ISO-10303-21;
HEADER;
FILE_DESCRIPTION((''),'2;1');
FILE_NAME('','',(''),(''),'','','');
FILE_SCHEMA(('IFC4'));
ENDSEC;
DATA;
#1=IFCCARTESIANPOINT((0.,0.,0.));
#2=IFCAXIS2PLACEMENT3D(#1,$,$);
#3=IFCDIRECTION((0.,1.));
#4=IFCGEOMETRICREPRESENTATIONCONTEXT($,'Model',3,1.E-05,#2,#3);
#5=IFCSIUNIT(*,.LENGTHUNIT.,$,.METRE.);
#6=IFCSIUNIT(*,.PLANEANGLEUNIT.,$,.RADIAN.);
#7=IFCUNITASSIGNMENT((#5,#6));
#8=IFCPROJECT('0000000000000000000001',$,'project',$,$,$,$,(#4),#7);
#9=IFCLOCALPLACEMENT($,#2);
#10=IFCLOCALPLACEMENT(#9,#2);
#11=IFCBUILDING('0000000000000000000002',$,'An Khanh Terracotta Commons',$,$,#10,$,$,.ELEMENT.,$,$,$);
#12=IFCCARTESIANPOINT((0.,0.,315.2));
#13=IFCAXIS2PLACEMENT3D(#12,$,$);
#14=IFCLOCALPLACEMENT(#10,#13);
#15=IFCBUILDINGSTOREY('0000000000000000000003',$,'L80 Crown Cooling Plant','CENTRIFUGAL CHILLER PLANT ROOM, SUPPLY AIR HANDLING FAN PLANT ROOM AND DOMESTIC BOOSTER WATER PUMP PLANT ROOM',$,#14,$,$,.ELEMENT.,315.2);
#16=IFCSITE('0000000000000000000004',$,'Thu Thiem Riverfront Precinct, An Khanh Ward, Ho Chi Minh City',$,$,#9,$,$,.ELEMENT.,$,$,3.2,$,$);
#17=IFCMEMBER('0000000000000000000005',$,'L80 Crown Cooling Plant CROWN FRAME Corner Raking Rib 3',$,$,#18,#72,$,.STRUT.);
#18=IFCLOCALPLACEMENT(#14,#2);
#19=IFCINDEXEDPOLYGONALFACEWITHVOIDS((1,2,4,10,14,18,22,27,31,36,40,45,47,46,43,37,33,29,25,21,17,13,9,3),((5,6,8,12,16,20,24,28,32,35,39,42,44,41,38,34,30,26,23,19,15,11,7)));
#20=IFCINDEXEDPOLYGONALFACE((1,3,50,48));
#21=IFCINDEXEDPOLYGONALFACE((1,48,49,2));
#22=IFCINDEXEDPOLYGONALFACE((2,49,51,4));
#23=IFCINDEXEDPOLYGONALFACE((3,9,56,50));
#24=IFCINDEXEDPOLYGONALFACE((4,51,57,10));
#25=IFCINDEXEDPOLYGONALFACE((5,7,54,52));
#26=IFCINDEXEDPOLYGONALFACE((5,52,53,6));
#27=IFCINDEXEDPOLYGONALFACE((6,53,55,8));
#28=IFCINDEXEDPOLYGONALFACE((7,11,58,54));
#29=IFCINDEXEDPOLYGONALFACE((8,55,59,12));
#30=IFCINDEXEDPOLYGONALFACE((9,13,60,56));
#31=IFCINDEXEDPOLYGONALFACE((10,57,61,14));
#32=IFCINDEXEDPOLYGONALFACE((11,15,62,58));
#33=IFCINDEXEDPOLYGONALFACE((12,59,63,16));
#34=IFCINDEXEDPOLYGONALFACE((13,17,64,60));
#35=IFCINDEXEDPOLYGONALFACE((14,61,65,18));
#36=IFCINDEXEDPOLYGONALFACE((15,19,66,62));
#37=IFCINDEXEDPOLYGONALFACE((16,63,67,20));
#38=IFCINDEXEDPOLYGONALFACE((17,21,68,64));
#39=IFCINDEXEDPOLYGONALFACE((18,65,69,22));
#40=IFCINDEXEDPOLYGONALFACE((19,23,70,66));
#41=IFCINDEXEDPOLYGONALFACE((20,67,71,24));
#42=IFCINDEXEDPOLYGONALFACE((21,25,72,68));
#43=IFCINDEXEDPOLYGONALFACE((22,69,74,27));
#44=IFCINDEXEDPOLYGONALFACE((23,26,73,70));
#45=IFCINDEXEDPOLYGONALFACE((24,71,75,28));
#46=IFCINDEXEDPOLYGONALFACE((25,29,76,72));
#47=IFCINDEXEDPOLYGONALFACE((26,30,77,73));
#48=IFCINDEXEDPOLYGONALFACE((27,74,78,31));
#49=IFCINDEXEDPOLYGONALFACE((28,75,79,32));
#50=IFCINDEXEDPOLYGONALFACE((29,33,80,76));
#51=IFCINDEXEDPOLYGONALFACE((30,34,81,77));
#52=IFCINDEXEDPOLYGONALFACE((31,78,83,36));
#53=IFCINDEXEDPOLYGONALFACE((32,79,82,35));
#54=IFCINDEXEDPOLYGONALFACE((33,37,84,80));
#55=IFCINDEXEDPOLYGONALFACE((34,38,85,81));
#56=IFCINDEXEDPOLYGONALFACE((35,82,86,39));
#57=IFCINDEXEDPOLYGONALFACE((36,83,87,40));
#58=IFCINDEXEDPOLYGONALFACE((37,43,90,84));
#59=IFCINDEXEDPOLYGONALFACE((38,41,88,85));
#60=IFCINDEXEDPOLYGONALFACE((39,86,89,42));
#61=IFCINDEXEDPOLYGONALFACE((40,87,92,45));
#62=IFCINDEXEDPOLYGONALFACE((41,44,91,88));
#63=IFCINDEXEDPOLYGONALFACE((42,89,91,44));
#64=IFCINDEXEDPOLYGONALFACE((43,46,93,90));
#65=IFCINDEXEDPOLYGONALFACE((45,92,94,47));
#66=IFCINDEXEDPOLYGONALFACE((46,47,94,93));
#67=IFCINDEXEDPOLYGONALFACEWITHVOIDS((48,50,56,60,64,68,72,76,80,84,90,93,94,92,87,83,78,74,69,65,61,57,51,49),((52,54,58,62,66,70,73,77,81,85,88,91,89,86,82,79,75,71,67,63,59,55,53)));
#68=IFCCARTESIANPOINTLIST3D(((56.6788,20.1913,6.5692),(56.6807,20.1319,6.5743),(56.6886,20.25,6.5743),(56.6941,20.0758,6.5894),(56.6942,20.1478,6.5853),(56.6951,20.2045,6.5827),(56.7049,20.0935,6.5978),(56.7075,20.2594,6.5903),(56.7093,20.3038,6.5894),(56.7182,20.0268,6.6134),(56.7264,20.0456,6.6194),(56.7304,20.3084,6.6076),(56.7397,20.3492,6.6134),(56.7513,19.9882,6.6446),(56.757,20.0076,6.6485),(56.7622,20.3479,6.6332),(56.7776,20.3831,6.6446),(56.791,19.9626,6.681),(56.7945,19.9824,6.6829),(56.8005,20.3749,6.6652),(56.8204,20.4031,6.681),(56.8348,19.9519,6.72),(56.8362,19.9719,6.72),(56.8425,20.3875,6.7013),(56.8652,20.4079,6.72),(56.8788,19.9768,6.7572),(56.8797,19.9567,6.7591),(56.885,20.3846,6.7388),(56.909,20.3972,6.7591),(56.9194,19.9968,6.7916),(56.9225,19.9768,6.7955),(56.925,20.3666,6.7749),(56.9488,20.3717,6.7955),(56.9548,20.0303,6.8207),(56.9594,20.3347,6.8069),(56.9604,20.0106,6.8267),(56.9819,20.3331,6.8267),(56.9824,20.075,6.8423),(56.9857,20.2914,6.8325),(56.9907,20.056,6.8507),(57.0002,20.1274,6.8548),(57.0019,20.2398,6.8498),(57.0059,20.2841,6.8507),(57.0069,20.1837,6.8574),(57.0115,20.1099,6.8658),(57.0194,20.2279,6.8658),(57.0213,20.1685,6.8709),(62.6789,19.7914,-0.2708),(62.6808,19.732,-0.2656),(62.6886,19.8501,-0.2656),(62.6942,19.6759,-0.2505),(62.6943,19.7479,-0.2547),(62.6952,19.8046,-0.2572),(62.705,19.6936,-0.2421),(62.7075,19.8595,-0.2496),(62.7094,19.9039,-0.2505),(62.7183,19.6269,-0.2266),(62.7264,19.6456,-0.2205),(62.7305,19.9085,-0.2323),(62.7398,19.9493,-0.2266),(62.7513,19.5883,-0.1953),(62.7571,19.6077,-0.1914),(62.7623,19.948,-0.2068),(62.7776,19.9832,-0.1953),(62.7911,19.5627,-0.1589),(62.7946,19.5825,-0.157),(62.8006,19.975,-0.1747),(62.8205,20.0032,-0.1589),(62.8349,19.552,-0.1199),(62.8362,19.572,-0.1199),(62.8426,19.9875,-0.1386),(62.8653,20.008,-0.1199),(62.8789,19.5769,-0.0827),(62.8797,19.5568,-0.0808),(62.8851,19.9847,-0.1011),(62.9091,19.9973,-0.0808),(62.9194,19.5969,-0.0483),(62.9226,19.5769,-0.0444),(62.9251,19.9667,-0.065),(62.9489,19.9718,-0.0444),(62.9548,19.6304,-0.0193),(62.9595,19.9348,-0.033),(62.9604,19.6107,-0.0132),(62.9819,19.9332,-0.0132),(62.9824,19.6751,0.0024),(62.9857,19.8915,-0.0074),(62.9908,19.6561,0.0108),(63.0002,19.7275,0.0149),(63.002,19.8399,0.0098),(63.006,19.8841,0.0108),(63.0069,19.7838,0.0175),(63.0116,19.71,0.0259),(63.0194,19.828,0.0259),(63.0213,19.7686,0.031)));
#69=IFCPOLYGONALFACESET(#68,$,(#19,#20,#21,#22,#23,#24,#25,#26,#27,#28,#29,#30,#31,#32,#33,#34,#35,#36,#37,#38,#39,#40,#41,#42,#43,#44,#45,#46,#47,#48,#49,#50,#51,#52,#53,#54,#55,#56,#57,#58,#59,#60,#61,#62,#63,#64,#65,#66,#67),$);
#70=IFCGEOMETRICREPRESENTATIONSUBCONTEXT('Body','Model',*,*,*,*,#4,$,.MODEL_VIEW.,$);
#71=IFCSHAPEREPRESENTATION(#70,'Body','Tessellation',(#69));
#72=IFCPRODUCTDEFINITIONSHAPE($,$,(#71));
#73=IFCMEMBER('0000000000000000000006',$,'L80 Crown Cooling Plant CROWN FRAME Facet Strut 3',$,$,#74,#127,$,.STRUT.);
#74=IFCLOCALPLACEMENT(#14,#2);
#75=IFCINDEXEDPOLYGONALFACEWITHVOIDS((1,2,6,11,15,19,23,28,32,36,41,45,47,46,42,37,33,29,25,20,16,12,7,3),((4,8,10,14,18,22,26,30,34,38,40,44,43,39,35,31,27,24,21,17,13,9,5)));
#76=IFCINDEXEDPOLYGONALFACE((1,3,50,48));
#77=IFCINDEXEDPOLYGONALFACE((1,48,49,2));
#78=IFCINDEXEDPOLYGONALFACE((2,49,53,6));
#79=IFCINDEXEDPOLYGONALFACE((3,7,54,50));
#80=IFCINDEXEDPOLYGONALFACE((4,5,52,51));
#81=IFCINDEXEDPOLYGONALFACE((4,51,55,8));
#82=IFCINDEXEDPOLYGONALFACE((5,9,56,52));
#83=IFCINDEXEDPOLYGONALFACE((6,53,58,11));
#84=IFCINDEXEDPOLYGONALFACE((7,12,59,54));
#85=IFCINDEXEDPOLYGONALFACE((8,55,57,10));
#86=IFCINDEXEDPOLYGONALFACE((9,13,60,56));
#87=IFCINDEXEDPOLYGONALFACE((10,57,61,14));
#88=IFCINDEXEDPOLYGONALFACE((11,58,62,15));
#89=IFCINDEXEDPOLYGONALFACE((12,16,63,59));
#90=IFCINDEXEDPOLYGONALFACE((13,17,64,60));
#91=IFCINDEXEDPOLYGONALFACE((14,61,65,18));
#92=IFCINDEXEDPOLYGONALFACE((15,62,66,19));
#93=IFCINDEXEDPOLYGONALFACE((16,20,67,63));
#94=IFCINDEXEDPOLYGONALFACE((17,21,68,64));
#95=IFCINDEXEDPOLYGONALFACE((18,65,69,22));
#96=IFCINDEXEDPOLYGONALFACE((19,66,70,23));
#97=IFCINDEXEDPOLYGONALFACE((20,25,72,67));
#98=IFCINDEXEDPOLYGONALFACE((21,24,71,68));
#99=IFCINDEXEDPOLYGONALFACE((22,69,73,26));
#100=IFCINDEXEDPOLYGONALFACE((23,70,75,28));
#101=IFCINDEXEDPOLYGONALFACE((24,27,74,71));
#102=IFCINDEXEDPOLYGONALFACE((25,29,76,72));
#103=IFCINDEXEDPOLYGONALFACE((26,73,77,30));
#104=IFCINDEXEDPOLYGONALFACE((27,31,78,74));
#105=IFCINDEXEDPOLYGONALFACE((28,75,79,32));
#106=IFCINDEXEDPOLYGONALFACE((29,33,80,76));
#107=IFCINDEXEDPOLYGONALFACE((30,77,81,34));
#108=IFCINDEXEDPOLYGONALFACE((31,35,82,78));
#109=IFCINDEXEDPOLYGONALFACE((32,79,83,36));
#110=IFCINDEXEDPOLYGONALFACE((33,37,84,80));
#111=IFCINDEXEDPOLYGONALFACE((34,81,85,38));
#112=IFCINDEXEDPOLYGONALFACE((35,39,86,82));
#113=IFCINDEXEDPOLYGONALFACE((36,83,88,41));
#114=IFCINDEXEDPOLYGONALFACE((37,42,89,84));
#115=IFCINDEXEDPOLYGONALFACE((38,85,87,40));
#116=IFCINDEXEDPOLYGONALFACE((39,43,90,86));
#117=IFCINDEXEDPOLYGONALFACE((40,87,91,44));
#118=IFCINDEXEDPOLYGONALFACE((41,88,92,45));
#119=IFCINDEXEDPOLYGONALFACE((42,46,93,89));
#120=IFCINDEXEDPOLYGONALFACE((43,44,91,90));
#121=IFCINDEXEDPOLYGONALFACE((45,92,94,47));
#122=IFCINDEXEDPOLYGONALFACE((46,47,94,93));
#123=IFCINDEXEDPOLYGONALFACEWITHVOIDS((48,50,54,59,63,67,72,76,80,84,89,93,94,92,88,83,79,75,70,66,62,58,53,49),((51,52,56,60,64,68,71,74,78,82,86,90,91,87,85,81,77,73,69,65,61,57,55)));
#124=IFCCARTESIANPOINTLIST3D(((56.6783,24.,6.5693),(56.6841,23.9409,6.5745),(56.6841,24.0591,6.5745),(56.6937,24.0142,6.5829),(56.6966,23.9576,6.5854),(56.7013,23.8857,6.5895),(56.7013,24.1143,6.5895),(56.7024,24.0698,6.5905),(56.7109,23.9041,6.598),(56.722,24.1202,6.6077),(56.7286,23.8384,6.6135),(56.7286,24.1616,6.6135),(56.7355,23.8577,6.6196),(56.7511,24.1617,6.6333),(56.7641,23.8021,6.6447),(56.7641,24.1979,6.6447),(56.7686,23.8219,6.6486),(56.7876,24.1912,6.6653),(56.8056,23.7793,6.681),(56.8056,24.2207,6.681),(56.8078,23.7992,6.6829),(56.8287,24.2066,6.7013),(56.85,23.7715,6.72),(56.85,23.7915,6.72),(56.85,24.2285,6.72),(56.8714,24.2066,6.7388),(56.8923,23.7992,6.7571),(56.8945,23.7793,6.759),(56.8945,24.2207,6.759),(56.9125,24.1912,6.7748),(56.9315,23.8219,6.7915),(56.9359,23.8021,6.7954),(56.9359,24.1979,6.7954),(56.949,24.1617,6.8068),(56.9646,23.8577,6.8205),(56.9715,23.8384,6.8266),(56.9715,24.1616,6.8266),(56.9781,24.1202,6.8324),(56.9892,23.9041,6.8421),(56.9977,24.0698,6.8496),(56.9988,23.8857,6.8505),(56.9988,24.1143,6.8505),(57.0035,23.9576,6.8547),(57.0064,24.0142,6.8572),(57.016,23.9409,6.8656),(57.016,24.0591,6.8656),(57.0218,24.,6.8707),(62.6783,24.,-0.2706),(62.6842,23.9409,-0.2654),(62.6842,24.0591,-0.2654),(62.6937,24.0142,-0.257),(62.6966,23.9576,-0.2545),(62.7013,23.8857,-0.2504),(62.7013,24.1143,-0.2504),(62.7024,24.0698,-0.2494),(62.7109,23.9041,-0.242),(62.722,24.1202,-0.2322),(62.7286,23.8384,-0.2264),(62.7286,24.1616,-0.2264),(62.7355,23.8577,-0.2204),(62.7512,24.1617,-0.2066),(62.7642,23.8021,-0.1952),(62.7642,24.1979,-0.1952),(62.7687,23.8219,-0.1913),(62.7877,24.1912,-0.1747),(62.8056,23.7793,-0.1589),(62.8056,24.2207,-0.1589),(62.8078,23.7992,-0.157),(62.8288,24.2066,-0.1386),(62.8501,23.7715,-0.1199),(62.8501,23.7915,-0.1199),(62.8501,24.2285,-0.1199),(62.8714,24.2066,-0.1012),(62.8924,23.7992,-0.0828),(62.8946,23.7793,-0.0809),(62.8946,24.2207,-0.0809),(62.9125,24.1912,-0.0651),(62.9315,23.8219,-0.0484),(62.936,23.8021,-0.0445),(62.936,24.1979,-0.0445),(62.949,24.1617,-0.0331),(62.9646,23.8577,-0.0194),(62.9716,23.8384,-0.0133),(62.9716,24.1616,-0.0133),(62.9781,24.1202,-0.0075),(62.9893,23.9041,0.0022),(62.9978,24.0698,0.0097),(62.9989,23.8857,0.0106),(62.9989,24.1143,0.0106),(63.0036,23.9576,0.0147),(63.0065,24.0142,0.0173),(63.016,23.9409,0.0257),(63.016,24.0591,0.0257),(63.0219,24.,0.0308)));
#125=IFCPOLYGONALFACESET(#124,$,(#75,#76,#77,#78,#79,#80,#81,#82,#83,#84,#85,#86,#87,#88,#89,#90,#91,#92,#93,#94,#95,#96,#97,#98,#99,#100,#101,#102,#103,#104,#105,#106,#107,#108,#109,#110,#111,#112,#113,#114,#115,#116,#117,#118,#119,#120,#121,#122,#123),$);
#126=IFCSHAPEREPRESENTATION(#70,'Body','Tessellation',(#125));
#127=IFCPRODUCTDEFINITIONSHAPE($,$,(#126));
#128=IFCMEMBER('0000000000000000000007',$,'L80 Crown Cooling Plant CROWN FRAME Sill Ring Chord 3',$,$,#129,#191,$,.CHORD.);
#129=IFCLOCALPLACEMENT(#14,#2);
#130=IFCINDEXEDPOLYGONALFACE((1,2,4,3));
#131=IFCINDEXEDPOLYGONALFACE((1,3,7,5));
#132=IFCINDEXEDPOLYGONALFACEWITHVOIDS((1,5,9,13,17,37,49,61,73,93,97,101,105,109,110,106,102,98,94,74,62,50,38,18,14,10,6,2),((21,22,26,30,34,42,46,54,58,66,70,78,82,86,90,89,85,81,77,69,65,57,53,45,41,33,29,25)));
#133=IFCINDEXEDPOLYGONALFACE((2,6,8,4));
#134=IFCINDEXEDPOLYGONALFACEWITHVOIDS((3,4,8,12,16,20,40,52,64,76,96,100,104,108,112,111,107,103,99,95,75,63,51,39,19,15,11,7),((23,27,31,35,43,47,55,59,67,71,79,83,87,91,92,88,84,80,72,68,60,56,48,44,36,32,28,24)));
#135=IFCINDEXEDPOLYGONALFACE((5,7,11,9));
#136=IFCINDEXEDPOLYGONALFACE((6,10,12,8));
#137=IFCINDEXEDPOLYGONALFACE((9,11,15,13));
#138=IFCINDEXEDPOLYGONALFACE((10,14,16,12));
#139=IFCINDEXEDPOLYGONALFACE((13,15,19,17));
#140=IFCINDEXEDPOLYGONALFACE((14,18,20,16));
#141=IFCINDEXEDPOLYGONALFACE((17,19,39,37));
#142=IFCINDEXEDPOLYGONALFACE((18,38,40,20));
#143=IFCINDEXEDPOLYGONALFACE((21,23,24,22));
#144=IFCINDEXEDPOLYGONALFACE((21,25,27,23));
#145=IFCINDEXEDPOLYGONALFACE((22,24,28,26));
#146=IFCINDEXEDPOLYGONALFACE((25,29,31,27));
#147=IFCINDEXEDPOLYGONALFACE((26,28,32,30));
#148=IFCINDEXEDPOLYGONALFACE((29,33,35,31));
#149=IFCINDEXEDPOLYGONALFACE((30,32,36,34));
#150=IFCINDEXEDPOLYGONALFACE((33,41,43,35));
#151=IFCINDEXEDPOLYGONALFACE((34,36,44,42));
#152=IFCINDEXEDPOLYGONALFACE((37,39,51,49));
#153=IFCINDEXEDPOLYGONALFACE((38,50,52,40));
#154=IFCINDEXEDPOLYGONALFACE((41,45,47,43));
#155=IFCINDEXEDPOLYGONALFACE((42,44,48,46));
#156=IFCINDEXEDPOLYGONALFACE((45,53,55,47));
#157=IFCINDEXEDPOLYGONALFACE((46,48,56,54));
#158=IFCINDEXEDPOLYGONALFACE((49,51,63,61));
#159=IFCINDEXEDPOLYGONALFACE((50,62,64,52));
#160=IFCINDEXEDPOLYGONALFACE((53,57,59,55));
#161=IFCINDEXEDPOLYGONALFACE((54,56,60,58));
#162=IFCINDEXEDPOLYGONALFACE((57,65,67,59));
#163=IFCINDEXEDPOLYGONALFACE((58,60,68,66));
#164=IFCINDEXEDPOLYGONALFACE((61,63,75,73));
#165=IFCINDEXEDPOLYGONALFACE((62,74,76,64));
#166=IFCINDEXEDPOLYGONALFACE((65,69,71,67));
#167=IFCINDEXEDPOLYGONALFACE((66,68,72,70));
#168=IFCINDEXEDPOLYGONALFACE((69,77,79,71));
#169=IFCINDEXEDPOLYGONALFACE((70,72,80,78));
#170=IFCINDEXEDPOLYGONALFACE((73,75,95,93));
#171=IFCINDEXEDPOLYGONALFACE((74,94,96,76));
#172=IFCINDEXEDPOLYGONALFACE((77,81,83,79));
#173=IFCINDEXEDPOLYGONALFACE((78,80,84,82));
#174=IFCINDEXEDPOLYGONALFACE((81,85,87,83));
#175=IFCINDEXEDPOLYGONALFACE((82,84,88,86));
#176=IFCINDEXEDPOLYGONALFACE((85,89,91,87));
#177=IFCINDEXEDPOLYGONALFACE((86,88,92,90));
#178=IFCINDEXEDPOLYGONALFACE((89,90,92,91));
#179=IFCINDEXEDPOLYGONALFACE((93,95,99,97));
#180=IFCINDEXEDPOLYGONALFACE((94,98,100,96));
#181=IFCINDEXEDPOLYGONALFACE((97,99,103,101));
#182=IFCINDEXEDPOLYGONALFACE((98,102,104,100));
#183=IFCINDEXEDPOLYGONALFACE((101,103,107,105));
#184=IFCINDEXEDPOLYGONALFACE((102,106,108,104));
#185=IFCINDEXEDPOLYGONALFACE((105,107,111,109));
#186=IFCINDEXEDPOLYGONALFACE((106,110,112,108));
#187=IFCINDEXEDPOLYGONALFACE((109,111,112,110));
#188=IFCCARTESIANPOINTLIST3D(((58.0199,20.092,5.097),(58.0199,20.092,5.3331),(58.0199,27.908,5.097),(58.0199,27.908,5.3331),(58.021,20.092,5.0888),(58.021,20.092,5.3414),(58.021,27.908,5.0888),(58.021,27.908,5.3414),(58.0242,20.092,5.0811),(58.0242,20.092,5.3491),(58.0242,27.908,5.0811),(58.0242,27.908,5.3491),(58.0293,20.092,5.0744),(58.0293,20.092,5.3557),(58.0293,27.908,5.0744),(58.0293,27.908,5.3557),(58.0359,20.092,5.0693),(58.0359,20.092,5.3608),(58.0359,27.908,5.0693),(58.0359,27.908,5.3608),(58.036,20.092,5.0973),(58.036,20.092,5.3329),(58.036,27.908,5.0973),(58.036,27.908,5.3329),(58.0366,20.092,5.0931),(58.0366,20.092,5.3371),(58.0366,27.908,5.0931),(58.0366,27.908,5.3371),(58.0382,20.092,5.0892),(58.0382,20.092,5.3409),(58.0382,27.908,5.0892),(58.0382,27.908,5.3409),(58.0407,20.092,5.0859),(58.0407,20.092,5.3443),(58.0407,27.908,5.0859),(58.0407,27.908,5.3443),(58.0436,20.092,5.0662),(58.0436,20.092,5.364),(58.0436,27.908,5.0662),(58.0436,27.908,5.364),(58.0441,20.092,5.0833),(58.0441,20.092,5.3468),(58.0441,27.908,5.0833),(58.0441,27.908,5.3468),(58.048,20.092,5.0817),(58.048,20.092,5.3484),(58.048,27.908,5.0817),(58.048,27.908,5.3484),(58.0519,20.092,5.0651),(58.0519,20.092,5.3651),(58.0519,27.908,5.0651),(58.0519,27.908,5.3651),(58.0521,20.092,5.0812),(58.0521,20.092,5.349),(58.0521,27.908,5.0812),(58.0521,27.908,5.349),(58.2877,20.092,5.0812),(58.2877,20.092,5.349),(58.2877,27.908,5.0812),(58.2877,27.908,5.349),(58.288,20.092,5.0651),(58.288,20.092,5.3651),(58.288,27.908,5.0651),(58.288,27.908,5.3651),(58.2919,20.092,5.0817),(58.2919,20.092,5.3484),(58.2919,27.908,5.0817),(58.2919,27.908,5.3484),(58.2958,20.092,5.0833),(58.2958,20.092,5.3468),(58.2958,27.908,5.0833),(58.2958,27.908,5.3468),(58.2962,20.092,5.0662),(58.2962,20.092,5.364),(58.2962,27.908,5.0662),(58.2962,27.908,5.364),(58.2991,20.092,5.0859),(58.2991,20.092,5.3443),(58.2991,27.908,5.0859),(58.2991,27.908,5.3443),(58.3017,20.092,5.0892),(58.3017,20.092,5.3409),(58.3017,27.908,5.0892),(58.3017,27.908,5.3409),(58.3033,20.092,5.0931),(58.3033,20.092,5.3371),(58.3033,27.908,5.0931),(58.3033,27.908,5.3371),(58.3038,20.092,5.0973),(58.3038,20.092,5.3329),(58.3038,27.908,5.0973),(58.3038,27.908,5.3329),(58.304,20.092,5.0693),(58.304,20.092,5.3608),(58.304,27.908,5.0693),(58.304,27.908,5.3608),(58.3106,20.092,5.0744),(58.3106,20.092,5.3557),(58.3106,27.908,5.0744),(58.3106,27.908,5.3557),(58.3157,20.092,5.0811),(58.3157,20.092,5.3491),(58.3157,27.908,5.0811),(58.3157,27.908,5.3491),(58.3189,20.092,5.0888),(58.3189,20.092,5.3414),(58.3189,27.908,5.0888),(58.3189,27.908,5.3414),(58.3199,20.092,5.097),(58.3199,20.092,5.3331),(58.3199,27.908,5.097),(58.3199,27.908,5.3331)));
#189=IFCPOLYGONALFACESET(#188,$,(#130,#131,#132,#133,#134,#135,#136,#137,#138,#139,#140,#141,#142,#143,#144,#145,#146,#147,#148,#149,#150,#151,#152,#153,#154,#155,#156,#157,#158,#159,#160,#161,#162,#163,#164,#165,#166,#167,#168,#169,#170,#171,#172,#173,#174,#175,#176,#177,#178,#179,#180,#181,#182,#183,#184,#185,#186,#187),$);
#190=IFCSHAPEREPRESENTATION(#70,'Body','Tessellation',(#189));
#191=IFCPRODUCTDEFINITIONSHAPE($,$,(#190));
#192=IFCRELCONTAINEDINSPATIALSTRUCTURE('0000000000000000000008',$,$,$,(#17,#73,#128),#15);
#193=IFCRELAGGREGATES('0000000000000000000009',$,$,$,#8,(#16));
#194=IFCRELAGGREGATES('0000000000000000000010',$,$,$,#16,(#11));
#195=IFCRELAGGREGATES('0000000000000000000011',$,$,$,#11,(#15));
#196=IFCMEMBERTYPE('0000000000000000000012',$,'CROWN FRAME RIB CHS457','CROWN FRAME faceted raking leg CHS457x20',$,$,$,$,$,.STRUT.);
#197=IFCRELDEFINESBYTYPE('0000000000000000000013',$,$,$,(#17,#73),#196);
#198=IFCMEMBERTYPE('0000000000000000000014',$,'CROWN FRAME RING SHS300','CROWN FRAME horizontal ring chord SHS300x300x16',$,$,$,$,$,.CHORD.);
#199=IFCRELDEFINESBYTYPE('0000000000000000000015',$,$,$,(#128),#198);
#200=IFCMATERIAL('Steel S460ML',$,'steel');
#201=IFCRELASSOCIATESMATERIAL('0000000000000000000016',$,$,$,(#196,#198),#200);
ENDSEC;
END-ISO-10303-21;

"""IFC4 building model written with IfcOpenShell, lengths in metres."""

from ifc_helpers import new_model, si_unit, direction, frame, origin, origin_2d, place, context, subcontext, project, spatial, hollow_rectangle, hollow_circle, extrude, material, material_profile, profile_set, type_object, element, save


model = new_model("IFC4")

# Units and contexts
model_context = context("Model", 3, precision=1e-05, world=origin(), true_north=direction((0.0, 1.0)))
body_context = subcontext(model_context, "Body", "Model", "MODEL_VIEW")
ifc_project = project(units=[si_unit("LENGTHUNIT", "METRE"), si_unit("PLANEANGLEUNIT", "RADIAN")], contexts=[model_context])

# Site, building, storey
site_placement = place(None, origin())
site = spatial("IfcSite", under=ifc_project, at=site_placement, Name="Thu Thiem Riverfront Precinct, An Khanh Ward, Ho Chi Minh City", CompositionType="ELEMENT", RefElevation=3.2)
building_placement = place(site_placement, origin())
building = spatial("IfcBuilding", under=site, at=building_placement, Name="An Khanh Terracotta Commons", CompositionType="ELEMENT")
storey_placement = place(building_placement, frame((0.0, 0.0, 315.2)))
storey = spatial("IfcBuildingStorey", under=building, at=storey_placement, Name="L80 Crown Cooling Plant", Description="CENTRIFUGAL CHILLER PLANT ROOM, SUPPLY AIR HANDLING FAN PLANT ROOM AND DOMESTIC BOOSTER WATER PUMP PLANT ROOM", CompositionType="ELEMENT", Elevation=315.2)

# Members
ifc_material_1 = material(Name="Steel S460ML", Category="steel")
ifc_material_profile_1 = material_profile(ifc_material_1, hollow_circle(Radius=0.2285, WallThickness=0.02, at=origin_2d()), Name="CHS457x20")
ifc_profile_set_1 = profile_set([ifc_material_profile_1], Name="Steel S460ML")
member_type_1 = type_object("IfcMemberType", Name="CROWN FRAME RIB CHS457", Description="CROWN FRAME faceted raking leg CHS457x20", PredefinedType="STRUT", material=ifc_profile_set_1)
member_1_placement = place(storey_placement, frame((62.8501, 19.78, -0.1199), z_axis=(-0.65881, 0.04391, 0.751027), x_axis=(-0.066503, -0.997786, 0.0)))
element("IfcMember", 1, at=member_1_placement, inside=storey, type_object=member_type_1, Name="L80 Crown Cooling Plant CROWN FRAME Corner Raking Rib 3", PredefinedType="STRUT", context=body_context, shape_type="SweptSolid", body=[
    extrude(hollow_circle(Radius=0.2285, WallThickness=0.02, at=origin_2d()), origin(), (0.0, 0.0, 1.0), 9.1074),
])
member_2_placement = place(storey_placement, frame((62.8501, 24.0, -0.1199), z_axis=(-0.659446, 0.0, 0.751752), x_axis=(0.0, -1.0, 0.0)))
element("IfcMember", 2, at=member_2_placement, inside=storey, type_object=member_type_1, Name="L80 Crown Cooling Plant CROWN FRAME Facet Strut 3", PredefinedType="STRUT", context=body_context, shape_type="SweptSolid", body=[
    extrude(hollow_circle(Radius=0.2285, WallThickness=0.02, at=origin_2d()), origin(), (0.0, 0.0, 1.0), 9.0986),
])
ifc_material_profile_2 = material_profile(ifc_material_1, hollow_rectangle(XDim=0.3, YDim=0.3, WallThickness=0.0161, InnerFilletRadius=0.0161, OuterFilletRadius=0.032, at=origin_2d()), Name="SHS300x300x16")
ifc_profile_set_2 = profile_set([ifc_material_profile_2], Name="Steel S460ML")
member_type_2 = type_object("IfcMemberType", Name="CROWN FRAME RING SHS300", Description="CROWN FRAME horizontal ring chord SHS300x300x16", PredefinedType="CHORD", material=ifc_profile_set_2)
member_3_placement = place(storey_placement, frame((58.1699, 20.092, 5.2151), z_axis=(0.0, 1.0, 0.0), x_axis=(-1.0, 0.0, 0.0)))
element("IfcMember", 3, at=member_3_placement, inside=storey, type_object=member_type_2, Name="L80 Crown Cooling Plant CROWN FRAME Sill Ring Chord 3", PredefinedType="CHORD", context=body_context, shape_type="SweptSolid", body=[
    extrude(hollow_rectangle(XDim=0.3, YDim=0.3, WallThickness=0.0161, InnerFilletRadius=0.0161, OuterFilletRadius=0.032, at=origin_2d()), origin(), (0.0, 0.0, 1.0), 7.8159),
])

save(model, "model.ifc")
